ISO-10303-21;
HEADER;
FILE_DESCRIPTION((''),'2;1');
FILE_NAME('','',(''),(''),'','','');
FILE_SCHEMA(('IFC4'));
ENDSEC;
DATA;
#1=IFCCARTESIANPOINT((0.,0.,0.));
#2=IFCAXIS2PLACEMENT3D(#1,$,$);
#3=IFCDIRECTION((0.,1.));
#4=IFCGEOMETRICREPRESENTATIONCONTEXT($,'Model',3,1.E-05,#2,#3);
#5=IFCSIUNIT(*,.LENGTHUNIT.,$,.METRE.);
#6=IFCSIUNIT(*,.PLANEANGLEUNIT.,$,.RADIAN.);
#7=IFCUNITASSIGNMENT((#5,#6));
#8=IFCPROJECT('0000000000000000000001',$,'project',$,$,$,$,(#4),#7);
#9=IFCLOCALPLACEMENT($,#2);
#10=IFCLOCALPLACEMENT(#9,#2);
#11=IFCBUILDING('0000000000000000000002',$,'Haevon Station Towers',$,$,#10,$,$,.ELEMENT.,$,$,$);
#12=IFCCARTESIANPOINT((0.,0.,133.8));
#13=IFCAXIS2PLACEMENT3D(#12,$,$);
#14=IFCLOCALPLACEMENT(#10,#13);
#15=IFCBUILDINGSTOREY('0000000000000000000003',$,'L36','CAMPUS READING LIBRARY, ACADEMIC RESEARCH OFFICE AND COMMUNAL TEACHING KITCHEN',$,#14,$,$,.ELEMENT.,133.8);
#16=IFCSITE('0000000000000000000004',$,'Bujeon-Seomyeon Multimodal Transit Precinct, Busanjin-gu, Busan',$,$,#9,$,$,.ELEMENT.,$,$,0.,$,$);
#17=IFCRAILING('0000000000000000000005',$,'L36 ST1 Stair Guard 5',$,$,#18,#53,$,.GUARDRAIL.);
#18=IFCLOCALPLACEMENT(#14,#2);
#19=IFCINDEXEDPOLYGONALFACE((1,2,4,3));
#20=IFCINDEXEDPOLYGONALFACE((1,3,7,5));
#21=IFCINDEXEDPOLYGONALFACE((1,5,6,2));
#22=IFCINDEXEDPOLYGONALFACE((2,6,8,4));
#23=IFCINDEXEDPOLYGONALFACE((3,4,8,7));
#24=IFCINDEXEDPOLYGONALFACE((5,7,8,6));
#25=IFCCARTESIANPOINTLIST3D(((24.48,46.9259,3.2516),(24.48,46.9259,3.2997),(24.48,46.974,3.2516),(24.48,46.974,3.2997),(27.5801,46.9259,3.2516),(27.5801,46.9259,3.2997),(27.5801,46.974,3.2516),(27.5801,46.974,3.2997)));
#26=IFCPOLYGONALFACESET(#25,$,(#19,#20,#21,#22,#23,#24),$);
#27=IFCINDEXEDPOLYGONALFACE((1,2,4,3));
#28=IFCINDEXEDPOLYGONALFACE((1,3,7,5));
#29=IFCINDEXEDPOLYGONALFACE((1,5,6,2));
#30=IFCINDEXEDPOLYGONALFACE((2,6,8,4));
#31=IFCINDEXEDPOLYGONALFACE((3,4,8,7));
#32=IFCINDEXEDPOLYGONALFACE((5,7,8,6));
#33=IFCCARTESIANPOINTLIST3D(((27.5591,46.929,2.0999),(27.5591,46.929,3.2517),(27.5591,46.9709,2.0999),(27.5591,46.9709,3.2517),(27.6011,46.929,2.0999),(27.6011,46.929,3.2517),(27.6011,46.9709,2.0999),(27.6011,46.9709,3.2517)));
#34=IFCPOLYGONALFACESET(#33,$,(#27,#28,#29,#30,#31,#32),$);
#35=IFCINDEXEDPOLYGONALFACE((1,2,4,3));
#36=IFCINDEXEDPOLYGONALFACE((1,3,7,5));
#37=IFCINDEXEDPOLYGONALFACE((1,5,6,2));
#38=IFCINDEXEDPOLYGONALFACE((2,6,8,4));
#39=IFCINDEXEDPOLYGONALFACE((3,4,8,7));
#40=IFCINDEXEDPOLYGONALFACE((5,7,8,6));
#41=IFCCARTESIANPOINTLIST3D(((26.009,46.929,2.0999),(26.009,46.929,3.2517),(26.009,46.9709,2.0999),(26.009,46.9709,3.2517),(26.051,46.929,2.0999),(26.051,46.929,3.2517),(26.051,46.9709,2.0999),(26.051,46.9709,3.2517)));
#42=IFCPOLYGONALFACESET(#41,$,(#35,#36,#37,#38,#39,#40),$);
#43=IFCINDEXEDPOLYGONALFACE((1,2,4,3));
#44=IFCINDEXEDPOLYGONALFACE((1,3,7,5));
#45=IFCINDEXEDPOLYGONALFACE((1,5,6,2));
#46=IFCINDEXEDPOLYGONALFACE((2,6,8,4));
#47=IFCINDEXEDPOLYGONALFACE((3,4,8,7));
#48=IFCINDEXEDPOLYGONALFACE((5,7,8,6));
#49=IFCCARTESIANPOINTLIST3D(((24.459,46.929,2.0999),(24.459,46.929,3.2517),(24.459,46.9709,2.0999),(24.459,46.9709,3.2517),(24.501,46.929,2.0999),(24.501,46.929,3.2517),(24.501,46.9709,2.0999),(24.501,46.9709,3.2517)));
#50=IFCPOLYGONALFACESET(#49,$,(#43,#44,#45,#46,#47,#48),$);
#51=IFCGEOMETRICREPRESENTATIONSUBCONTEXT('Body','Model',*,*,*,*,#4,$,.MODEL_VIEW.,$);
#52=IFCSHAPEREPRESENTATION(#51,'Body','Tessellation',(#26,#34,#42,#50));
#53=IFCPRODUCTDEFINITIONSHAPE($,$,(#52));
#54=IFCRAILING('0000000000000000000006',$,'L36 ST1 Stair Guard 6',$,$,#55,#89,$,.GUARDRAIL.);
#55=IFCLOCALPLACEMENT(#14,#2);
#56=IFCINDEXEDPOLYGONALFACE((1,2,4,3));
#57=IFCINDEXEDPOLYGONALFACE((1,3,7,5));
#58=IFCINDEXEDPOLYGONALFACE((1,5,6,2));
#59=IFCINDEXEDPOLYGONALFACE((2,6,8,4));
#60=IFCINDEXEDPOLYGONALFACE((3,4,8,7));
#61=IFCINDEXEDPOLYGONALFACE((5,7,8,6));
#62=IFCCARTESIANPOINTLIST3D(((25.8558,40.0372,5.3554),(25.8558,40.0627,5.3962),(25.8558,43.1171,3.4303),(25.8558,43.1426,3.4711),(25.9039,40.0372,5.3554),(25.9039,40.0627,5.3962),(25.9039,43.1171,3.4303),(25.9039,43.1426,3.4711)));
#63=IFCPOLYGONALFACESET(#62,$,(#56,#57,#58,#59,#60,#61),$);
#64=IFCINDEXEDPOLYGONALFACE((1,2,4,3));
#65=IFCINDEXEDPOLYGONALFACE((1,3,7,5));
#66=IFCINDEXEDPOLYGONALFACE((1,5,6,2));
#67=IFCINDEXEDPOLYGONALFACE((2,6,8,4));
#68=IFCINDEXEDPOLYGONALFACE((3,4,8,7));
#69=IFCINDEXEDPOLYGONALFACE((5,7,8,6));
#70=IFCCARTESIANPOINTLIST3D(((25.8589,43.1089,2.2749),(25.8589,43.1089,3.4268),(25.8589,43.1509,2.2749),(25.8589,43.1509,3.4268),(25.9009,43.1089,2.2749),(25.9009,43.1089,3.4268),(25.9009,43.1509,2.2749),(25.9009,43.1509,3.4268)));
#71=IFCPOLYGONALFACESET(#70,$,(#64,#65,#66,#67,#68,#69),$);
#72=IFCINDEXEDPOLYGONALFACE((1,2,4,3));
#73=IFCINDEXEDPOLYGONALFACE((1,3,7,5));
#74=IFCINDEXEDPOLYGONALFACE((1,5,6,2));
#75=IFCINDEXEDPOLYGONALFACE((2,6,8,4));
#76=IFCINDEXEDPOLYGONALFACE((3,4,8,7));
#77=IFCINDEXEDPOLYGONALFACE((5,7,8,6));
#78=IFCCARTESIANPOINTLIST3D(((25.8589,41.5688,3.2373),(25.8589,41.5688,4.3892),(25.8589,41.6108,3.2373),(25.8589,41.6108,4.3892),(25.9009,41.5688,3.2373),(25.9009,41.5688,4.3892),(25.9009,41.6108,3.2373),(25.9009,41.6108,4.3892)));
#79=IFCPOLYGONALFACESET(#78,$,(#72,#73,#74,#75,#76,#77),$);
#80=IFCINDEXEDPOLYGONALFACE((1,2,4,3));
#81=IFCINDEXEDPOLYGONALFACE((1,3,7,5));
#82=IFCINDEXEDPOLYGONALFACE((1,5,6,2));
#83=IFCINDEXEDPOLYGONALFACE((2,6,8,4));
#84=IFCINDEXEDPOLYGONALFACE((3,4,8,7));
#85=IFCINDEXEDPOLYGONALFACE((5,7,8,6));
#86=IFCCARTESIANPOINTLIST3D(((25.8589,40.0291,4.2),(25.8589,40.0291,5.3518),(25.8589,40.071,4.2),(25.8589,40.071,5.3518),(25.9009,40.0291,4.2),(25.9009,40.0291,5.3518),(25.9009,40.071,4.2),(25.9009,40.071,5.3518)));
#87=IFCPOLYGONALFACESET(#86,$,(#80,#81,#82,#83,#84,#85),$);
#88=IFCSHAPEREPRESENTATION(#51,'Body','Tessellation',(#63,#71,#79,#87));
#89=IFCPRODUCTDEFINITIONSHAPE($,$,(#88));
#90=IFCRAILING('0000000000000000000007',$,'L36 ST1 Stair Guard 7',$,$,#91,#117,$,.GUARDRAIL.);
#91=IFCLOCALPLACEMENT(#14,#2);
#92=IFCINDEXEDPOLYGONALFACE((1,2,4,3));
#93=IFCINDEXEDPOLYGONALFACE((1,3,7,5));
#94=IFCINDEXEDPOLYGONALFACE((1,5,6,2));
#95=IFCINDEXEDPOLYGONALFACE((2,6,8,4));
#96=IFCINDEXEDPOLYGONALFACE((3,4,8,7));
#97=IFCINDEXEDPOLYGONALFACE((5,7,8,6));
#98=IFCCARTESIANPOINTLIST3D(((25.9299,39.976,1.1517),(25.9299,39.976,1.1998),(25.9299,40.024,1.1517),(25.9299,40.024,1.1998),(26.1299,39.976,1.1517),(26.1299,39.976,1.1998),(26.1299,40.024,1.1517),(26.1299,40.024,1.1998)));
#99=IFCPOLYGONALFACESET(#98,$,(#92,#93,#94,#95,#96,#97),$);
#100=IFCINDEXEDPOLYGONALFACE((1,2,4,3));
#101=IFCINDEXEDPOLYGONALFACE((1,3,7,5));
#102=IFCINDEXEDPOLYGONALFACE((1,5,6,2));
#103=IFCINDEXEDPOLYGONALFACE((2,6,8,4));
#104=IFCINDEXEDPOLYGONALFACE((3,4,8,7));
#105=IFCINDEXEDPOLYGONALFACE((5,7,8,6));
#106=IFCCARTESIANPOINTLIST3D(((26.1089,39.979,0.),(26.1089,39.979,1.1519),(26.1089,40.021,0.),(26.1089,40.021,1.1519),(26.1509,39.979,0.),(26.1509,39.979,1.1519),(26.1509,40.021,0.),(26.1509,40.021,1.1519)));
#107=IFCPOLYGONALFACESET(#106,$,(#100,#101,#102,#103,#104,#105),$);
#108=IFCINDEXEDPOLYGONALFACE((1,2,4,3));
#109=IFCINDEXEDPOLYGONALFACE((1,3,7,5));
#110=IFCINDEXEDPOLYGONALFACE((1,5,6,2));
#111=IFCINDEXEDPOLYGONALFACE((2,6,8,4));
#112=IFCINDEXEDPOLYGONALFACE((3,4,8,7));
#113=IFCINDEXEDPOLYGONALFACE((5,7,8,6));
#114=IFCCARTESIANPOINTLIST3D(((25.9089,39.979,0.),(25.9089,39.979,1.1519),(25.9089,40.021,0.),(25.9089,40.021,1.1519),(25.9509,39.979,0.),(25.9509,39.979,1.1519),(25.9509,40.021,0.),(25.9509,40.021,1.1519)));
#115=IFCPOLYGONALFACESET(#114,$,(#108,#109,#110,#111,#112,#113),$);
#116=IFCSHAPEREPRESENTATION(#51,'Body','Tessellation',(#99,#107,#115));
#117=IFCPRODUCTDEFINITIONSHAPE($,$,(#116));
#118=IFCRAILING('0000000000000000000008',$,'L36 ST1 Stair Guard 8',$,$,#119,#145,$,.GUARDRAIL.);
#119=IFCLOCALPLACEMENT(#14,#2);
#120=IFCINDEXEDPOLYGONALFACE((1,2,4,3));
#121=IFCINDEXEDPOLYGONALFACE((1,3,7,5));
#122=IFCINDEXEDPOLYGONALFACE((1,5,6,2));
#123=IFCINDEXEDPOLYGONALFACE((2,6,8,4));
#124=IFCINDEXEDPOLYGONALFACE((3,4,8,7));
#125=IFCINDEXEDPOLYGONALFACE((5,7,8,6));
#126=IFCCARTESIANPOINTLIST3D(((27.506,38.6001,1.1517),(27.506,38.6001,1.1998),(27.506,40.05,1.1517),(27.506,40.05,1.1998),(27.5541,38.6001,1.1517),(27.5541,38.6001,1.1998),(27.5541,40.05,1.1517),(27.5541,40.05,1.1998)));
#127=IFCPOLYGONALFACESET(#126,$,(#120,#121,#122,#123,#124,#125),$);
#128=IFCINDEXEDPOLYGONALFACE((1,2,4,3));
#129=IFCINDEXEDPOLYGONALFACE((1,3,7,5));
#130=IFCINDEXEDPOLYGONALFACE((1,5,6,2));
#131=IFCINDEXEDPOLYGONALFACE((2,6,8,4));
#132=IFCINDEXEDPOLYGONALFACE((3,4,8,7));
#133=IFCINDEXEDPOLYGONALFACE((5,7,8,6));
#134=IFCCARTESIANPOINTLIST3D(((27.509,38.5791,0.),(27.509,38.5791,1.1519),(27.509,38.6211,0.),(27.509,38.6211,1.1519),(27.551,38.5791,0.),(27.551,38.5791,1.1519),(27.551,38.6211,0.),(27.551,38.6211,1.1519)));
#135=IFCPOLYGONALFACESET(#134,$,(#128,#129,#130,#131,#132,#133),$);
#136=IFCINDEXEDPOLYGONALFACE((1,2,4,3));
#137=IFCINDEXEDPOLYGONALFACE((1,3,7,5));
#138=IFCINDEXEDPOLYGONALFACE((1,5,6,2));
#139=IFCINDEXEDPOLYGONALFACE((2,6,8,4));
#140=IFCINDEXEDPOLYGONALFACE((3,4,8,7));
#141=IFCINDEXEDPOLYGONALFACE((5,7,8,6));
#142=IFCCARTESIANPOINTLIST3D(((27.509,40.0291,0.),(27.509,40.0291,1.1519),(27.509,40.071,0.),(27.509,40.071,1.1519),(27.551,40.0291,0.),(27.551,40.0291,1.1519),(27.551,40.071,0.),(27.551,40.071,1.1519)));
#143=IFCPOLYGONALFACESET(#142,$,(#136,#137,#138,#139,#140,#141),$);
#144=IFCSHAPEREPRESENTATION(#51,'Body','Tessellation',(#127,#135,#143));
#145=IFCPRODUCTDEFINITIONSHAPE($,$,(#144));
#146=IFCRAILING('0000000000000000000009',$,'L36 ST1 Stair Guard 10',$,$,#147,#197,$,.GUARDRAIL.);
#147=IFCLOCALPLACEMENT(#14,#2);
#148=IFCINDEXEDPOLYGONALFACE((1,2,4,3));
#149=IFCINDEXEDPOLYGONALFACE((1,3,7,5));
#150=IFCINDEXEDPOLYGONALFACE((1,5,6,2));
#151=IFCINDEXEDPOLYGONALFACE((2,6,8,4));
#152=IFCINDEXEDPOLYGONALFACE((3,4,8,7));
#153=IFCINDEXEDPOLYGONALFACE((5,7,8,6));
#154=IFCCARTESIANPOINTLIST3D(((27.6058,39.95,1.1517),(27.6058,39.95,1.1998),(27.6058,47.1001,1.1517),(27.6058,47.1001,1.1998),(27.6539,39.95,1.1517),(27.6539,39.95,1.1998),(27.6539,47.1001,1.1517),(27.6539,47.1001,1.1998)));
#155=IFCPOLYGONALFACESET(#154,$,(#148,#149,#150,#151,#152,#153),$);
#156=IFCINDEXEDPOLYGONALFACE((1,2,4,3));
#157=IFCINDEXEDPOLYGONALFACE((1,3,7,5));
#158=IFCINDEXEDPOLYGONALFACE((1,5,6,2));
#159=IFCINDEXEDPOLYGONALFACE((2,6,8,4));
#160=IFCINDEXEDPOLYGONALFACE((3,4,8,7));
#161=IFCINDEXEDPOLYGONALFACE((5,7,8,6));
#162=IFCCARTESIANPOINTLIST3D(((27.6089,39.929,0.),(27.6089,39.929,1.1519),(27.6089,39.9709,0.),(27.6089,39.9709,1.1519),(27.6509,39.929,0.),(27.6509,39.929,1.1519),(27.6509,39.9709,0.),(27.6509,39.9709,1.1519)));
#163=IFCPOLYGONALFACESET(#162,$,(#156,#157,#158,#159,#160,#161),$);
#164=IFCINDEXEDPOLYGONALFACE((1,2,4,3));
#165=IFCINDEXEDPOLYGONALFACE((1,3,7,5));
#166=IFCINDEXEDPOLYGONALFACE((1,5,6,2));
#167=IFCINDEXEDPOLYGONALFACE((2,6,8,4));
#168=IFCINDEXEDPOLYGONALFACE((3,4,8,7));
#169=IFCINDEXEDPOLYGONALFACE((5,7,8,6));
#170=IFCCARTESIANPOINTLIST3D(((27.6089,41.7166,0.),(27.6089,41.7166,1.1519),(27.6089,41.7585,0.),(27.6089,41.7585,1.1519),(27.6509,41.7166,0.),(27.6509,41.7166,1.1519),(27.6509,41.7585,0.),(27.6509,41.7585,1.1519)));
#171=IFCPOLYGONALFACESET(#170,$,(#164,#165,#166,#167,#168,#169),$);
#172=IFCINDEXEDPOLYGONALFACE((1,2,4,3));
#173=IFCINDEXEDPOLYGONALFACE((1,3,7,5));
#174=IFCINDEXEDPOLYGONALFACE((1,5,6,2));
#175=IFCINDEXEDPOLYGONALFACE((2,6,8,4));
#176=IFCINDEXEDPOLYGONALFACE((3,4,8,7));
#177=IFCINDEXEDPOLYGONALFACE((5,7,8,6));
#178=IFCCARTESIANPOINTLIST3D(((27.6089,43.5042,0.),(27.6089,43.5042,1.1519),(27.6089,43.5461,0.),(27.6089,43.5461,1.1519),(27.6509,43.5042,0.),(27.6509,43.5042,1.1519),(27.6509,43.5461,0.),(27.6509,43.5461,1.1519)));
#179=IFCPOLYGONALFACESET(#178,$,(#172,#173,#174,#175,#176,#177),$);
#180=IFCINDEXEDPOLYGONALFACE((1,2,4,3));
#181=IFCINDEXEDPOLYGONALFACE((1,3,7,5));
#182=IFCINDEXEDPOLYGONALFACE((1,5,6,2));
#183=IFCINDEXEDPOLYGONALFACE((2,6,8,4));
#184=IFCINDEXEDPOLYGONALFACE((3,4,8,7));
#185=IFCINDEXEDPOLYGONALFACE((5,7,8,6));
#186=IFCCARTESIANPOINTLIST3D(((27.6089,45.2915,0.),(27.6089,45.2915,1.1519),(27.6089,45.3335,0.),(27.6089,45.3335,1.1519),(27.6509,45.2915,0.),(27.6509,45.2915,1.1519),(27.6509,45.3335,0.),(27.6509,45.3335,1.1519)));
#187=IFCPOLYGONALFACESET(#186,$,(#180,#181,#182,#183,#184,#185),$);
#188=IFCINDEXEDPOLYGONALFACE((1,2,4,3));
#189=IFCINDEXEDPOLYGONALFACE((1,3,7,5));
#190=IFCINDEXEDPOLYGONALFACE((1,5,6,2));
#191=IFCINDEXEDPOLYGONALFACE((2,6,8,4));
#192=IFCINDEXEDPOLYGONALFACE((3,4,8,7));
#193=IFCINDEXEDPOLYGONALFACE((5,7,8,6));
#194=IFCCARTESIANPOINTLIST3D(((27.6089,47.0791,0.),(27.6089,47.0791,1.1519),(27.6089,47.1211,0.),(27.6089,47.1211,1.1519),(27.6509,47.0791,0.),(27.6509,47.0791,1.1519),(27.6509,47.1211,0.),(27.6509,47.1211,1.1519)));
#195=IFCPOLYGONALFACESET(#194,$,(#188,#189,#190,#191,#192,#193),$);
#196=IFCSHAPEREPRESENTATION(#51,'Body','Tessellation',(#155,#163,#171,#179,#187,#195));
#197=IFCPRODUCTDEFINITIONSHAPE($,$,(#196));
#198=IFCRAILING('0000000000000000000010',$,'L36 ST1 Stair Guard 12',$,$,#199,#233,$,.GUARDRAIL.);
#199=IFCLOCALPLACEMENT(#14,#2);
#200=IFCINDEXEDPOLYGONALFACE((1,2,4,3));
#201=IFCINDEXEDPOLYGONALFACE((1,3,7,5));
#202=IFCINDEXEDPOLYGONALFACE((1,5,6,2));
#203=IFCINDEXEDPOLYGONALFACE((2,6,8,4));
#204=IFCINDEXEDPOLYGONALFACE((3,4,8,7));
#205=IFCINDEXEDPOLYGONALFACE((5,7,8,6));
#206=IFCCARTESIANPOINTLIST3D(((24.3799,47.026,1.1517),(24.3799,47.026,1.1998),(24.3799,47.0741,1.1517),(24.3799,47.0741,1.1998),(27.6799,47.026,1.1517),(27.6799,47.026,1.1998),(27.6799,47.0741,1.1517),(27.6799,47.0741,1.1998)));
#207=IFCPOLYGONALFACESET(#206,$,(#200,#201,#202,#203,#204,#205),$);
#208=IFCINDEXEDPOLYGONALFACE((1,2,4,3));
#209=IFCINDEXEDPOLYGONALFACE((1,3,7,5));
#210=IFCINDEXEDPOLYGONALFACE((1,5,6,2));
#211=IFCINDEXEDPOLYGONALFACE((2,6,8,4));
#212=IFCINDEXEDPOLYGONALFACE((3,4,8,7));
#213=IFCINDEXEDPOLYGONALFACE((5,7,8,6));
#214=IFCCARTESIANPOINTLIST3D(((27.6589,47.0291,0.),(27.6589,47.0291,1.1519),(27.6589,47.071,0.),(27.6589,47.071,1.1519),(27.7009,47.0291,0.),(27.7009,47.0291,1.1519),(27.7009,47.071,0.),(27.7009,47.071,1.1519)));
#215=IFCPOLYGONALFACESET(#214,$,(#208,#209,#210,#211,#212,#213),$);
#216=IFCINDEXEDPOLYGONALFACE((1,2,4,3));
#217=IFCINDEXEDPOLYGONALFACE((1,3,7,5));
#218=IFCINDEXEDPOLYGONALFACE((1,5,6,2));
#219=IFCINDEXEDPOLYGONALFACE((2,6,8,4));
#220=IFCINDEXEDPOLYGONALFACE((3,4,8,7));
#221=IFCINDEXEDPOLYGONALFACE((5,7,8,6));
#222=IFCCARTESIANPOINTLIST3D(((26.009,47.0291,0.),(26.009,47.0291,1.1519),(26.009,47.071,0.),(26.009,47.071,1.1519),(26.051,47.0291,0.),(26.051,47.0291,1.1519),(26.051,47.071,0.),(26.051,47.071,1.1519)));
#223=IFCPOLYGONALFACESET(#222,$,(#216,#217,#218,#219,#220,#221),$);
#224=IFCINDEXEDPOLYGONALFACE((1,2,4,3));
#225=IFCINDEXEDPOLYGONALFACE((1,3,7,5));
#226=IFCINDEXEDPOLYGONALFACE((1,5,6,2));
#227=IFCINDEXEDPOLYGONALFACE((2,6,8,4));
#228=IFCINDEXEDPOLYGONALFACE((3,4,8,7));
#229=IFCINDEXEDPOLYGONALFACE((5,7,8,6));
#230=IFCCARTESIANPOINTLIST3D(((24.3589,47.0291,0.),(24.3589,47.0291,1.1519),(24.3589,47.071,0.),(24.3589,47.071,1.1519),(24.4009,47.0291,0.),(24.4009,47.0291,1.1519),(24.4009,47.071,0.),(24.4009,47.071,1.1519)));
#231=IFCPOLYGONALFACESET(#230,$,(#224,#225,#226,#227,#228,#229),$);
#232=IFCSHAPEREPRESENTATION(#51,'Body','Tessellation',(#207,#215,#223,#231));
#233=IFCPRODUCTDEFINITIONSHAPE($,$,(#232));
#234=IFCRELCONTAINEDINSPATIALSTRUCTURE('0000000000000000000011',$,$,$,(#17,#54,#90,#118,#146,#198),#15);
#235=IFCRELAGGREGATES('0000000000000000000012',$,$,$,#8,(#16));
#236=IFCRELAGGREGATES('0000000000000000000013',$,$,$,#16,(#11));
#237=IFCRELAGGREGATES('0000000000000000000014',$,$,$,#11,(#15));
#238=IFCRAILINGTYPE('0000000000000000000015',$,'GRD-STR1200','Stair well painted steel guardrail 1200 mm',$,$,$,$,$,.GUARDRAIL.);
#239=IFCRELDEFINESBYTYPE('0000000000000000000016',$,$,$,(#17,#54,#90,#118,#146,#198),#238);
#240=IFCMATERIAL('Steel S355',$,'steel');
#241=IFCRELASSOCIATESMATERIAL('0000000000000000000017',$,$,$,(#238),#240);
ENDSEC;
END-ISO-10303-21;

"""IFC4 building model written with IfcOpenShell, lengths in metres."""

from ifc_helpers import new_model, si_unit, direction, frame, origin, origin_2d, place, context, subcontext, project, spatial, rectangle, extrude, material, type_object, element, save


model = new_model("IFC4")

# Units and contexts
model_context = context("Model", 3, precision=1e-05, world=origin(), true_north=direction((0.0, 1.0)))
body_context = subcontext(model_context, "Body", "Model", "MODEL_VIEW")
ifc_project = project(units=[si_unit("LENGTHUNIT", "METRE"), si_unit("PLANEANGLEUNIT", "RADIAN")], contexts=[model_context])

# Site, building, storey
site_placement = place(None, origin())
site = spatial("IfcSite", under=ifc_project, at=site_placement, Name="Bujeon-Seomyeon Multimodal Transit Precinct, Busanjin-gu, Busan", CompositionType="ELEMENT", RefElevation=0.0)
building_placement = place(site_placement, origin())
building = spatial("IfcBuilding", under=site, at=building_placement, Name="Haevon Station Towers", CompositionType="ELEMENT")
storey_placement = place(building_placement, frame((0.0, 0.0, 133.8)))
storey = spatial("IfcBuildingStorey", under=building, at=storey_placement, Name="L36", Description="CAMPUS READING LIBRARY, ACADEMIC RESEARCH OFFICE AND COMMUNAL TEACHING KITCHEN", CompositionType="ELEMENT", Elevation=133.8)

# Shared definitions
ifc_material_1 = material(Name="Steel S355", Category="steel")

# Railings
railing_type_1 = type_object("IfcRailingType", Name="GRD-STR1200", Description="Stair well painted steel guardrail 1200 mm", PredefinedType="GUARDRAIL", material=ifc_material_1)
railing_1_placement = place(storey_placement, frame((27.5801, 46.95, 2.0999)))
element("IfcRailing", 1, at=railing_1_placement, inside=storey, type_object=railing_type_1, Name="L36 ST1 Stair Guard 5", PredefinedType="GUARDRAIL", context=body_context, shape_type="SweptSolid", body=[
    extrude(rectangle(XDim=0.0481, YDim=0.0481, at=origin_2d()), frame((0.0, 0.0, 1.1758), z_axis=(-1.0, 0.0, 0.0), x_axis=(0.0, -1.0, 0.0)), (0.0, 0.0, 1.0), 3.1001),
    extrude(rectangle(XDim=0.042, YDim=0.042, at=origin_2d()), origin(), (0.0, 0.0, 1.0), 1.1519),
    extrude(rectangle(XDim=0.042, YDim=0.042, at=origin_2d()), frame((-1.55, 0.0, 0.0)), (0.0, 0.0, 1.0), 1.1519),
    extrude(rectangle(XDim=0.042, YDim=0.042, at=origin_2d()), frame((-3.1001, 0.0, 0.0)), (0.0, 0.0, 1.0), 1.1519),
])
railing_2_placement = place(storey_placement, frame((25.8799, 43.1299, 2.2749)))
element("IfcRailing", 2, at=railing_2_placement, inside=storey, type_object=railing_type_1, Name="L36 ST1 Stair Guard 6", PredefinedType="GUARDRAIL", context=body_context, shape_type="SweptSolid", body=[
    extrude(rectangle(XDim=0.0481, YDim=0.0481, at=origin_2d()), frame((0.0, 0.0, 1.1758), z_axis=(0.0, -0.847979, 0.530029), x_axis=(1.0, 0.0, 0.0)), (0.0, 0.0, 1.0), 3.6321),
    extrude(rectangle(XDim=0.042, YDim=0.042, at=origin_2d()), origin(), (0.0, 0.0, 1.0), 1.1519),
    extrude(rectangle(XDim=0.042, YDim=0.042, at=origin_2d()), frame((0.0, -1.54, 0.9624)), (0.0, 0.0, 1.0), 1.1519),
    extrude(rectangle(XDim=0.042, YDim=0.042, at=origin_2d()), frame((0.0, -3.0798, 1.925)), (0.0, 0.0, 1.0), 1.1519),
])
railing_3_placement = place(storey_placement, frame((26.1299, 40.0, 0.0)))
element("IfcRailing", 3, at=railing_3_placement, inside=storey, type_object=railing_type_1, Name="L36 ST1 Stair Guard 7", PredefinedType="GUARDRAIL", context=body_context, shape_type="SweptSolid", body=[
    extrude(rectangle(XDim=0.0481, YDim=0.0481, at=origin_2d()), frame((0.0, 0.0, 1.1758), z_axis=(-1.0, 0.0, 0.0), x_axis=(0.0, -1.0, 0.0)), (0.0, 0.0, 1.0), 0.2),
    extrude(rectangle(XDim=0.042, YDim=0.042, at=origin_2d()), origin(), (0.0, 0.0, 1.0), 1.1519),
    extrude(rectangle(XDim=0.042, YDim=0.042, at=origin_2d()), frame((-0.2, 0.0, 0.0)), (0.0, 0.0, 1.0), 1.1519),
])
railing_4_placement = place(storey_placement, frame((27.53, 38.6001, 0.0)))
element("IfcRailing", 4, at=railing_4_placement, inside=storey, type_object=railing_type_1, Name="L36 ST1 Stair Guard 8", PredefinedType="GUARDRAIL", context=body_context, shape_type="SweptSolid", body=[
    extrude(rectangle(XDim=0.0481, YDim=0.0481, at=origin_2d()), frame((0.0, 0.0, 1.1758), z_axis=(0.0, 1.0, 0.0), x_axis=(-1.0, 0.0, 0.0)), (0.0, 0.0, 1.0), 1.45),
    extrude(rectangle(XDim=0.042, YDim=0.042, at=origin_2d()), origin(), (0.0, 0.0, 1.0), 1.1519),
    extrude(rectangle(XDim=0.042, YDim=0.042, at=origin_2d()), frame((0.0, 1.45, 0.0)), (0.0, 0.0, 1.0), 1.1519),
])
railing_5_placement = place(storey_placement, frame((27.6299, 39.95, 0.0)))
element("IfcRailing", 5, at=railing_5_placement, inside=storey, type_object=railing_type_1, Name="L36 ST1 Stair Guard 10", PredefinedType="GUARDRAIL", context=body_context, shape_type="SweptSolid", body=[
    extrude(rectangle(XDim=0.0481, YDim=0.0481, at=origin_2d()), frame((0.0, 0.0, 1.1758), z_axis=(0.0, 1.0, 0.0), x_axis=(-1.0, 0.0, 0.0)), (0.0, 0.0, 1.0), 7.1501),
    extrude(rectangle(XDim=0.042, YDim=0.042, at=origin_2d()), origin(), (0.0, 0.0, 1.0), 1.1519),
    extrude(rectangle(XDim=0.042, YDim=0.042, at=origin_2d()), frame((0.0, 1.7876, 0.0)), (0.0, 0.0, 1.0), 1.1519),
    extrude(rectangle(XDim=0.042, YDim=0.042, at=origin_2d()), frame((0.0, 3.5752, 0.0)), (0.0, 0.0, 1.0), 1.1519),
    extrude(rectangle(XDim=0.042, YDim=0.042, at=origin_2d()), frame((0.0, 5.3625, 0.0)), (0.0, 0.0, 1.0), 1.1519),
    extrude(rectangle(XDim=0.042, YDim=0.042, at=origin_2d()), frame((0.0, 7.1501, 0.0)), (0.0, 0.0, 1.0), 1.1519),
])
railing_6_placement = place(storey_placement, frame((27.6799, 47.05, 0.0)))
element("IfcRailing", 6, at=railing_6_placement, inside=storey, type_object=railing_type_1, Name="L36 ST1 Stair Guard 12", PredefinedType="GUARDRAIL", context=body_context, shape_type="SweptSolid", body=[
    extrude(rectangle(XDim=0.0481, YDim=0.0481, at=origin_2d()), frame((0.0, 0.0, 1.1758), z_axis=(-1.0, 0.0, 0.0), x_axis=(0.0, -1.0, 0.0)), (0.0, 0.0, 1.0), 3.3),
    extrude(rectangle(XDim=0.042, YDim=0.042, at=origin_2d()), origin(), (0.0, 0.0, 1.0), 1.1519),
    extrude(rectangle(XDim=0.042, YDim=0.042, at=origin_2d()), frame((-1.6499, 0.0, 0.0)), (0.0, 0.0, 1.0), 1.1519),
    extrude(rectangle(XDim=0.042, YDim=0.042, at=origin_2d()), frame((-3.3, 0.0, 0.0)), (0.0, 0.0, 1.0), 1.1519),
])

save(model, "model.ifc")
